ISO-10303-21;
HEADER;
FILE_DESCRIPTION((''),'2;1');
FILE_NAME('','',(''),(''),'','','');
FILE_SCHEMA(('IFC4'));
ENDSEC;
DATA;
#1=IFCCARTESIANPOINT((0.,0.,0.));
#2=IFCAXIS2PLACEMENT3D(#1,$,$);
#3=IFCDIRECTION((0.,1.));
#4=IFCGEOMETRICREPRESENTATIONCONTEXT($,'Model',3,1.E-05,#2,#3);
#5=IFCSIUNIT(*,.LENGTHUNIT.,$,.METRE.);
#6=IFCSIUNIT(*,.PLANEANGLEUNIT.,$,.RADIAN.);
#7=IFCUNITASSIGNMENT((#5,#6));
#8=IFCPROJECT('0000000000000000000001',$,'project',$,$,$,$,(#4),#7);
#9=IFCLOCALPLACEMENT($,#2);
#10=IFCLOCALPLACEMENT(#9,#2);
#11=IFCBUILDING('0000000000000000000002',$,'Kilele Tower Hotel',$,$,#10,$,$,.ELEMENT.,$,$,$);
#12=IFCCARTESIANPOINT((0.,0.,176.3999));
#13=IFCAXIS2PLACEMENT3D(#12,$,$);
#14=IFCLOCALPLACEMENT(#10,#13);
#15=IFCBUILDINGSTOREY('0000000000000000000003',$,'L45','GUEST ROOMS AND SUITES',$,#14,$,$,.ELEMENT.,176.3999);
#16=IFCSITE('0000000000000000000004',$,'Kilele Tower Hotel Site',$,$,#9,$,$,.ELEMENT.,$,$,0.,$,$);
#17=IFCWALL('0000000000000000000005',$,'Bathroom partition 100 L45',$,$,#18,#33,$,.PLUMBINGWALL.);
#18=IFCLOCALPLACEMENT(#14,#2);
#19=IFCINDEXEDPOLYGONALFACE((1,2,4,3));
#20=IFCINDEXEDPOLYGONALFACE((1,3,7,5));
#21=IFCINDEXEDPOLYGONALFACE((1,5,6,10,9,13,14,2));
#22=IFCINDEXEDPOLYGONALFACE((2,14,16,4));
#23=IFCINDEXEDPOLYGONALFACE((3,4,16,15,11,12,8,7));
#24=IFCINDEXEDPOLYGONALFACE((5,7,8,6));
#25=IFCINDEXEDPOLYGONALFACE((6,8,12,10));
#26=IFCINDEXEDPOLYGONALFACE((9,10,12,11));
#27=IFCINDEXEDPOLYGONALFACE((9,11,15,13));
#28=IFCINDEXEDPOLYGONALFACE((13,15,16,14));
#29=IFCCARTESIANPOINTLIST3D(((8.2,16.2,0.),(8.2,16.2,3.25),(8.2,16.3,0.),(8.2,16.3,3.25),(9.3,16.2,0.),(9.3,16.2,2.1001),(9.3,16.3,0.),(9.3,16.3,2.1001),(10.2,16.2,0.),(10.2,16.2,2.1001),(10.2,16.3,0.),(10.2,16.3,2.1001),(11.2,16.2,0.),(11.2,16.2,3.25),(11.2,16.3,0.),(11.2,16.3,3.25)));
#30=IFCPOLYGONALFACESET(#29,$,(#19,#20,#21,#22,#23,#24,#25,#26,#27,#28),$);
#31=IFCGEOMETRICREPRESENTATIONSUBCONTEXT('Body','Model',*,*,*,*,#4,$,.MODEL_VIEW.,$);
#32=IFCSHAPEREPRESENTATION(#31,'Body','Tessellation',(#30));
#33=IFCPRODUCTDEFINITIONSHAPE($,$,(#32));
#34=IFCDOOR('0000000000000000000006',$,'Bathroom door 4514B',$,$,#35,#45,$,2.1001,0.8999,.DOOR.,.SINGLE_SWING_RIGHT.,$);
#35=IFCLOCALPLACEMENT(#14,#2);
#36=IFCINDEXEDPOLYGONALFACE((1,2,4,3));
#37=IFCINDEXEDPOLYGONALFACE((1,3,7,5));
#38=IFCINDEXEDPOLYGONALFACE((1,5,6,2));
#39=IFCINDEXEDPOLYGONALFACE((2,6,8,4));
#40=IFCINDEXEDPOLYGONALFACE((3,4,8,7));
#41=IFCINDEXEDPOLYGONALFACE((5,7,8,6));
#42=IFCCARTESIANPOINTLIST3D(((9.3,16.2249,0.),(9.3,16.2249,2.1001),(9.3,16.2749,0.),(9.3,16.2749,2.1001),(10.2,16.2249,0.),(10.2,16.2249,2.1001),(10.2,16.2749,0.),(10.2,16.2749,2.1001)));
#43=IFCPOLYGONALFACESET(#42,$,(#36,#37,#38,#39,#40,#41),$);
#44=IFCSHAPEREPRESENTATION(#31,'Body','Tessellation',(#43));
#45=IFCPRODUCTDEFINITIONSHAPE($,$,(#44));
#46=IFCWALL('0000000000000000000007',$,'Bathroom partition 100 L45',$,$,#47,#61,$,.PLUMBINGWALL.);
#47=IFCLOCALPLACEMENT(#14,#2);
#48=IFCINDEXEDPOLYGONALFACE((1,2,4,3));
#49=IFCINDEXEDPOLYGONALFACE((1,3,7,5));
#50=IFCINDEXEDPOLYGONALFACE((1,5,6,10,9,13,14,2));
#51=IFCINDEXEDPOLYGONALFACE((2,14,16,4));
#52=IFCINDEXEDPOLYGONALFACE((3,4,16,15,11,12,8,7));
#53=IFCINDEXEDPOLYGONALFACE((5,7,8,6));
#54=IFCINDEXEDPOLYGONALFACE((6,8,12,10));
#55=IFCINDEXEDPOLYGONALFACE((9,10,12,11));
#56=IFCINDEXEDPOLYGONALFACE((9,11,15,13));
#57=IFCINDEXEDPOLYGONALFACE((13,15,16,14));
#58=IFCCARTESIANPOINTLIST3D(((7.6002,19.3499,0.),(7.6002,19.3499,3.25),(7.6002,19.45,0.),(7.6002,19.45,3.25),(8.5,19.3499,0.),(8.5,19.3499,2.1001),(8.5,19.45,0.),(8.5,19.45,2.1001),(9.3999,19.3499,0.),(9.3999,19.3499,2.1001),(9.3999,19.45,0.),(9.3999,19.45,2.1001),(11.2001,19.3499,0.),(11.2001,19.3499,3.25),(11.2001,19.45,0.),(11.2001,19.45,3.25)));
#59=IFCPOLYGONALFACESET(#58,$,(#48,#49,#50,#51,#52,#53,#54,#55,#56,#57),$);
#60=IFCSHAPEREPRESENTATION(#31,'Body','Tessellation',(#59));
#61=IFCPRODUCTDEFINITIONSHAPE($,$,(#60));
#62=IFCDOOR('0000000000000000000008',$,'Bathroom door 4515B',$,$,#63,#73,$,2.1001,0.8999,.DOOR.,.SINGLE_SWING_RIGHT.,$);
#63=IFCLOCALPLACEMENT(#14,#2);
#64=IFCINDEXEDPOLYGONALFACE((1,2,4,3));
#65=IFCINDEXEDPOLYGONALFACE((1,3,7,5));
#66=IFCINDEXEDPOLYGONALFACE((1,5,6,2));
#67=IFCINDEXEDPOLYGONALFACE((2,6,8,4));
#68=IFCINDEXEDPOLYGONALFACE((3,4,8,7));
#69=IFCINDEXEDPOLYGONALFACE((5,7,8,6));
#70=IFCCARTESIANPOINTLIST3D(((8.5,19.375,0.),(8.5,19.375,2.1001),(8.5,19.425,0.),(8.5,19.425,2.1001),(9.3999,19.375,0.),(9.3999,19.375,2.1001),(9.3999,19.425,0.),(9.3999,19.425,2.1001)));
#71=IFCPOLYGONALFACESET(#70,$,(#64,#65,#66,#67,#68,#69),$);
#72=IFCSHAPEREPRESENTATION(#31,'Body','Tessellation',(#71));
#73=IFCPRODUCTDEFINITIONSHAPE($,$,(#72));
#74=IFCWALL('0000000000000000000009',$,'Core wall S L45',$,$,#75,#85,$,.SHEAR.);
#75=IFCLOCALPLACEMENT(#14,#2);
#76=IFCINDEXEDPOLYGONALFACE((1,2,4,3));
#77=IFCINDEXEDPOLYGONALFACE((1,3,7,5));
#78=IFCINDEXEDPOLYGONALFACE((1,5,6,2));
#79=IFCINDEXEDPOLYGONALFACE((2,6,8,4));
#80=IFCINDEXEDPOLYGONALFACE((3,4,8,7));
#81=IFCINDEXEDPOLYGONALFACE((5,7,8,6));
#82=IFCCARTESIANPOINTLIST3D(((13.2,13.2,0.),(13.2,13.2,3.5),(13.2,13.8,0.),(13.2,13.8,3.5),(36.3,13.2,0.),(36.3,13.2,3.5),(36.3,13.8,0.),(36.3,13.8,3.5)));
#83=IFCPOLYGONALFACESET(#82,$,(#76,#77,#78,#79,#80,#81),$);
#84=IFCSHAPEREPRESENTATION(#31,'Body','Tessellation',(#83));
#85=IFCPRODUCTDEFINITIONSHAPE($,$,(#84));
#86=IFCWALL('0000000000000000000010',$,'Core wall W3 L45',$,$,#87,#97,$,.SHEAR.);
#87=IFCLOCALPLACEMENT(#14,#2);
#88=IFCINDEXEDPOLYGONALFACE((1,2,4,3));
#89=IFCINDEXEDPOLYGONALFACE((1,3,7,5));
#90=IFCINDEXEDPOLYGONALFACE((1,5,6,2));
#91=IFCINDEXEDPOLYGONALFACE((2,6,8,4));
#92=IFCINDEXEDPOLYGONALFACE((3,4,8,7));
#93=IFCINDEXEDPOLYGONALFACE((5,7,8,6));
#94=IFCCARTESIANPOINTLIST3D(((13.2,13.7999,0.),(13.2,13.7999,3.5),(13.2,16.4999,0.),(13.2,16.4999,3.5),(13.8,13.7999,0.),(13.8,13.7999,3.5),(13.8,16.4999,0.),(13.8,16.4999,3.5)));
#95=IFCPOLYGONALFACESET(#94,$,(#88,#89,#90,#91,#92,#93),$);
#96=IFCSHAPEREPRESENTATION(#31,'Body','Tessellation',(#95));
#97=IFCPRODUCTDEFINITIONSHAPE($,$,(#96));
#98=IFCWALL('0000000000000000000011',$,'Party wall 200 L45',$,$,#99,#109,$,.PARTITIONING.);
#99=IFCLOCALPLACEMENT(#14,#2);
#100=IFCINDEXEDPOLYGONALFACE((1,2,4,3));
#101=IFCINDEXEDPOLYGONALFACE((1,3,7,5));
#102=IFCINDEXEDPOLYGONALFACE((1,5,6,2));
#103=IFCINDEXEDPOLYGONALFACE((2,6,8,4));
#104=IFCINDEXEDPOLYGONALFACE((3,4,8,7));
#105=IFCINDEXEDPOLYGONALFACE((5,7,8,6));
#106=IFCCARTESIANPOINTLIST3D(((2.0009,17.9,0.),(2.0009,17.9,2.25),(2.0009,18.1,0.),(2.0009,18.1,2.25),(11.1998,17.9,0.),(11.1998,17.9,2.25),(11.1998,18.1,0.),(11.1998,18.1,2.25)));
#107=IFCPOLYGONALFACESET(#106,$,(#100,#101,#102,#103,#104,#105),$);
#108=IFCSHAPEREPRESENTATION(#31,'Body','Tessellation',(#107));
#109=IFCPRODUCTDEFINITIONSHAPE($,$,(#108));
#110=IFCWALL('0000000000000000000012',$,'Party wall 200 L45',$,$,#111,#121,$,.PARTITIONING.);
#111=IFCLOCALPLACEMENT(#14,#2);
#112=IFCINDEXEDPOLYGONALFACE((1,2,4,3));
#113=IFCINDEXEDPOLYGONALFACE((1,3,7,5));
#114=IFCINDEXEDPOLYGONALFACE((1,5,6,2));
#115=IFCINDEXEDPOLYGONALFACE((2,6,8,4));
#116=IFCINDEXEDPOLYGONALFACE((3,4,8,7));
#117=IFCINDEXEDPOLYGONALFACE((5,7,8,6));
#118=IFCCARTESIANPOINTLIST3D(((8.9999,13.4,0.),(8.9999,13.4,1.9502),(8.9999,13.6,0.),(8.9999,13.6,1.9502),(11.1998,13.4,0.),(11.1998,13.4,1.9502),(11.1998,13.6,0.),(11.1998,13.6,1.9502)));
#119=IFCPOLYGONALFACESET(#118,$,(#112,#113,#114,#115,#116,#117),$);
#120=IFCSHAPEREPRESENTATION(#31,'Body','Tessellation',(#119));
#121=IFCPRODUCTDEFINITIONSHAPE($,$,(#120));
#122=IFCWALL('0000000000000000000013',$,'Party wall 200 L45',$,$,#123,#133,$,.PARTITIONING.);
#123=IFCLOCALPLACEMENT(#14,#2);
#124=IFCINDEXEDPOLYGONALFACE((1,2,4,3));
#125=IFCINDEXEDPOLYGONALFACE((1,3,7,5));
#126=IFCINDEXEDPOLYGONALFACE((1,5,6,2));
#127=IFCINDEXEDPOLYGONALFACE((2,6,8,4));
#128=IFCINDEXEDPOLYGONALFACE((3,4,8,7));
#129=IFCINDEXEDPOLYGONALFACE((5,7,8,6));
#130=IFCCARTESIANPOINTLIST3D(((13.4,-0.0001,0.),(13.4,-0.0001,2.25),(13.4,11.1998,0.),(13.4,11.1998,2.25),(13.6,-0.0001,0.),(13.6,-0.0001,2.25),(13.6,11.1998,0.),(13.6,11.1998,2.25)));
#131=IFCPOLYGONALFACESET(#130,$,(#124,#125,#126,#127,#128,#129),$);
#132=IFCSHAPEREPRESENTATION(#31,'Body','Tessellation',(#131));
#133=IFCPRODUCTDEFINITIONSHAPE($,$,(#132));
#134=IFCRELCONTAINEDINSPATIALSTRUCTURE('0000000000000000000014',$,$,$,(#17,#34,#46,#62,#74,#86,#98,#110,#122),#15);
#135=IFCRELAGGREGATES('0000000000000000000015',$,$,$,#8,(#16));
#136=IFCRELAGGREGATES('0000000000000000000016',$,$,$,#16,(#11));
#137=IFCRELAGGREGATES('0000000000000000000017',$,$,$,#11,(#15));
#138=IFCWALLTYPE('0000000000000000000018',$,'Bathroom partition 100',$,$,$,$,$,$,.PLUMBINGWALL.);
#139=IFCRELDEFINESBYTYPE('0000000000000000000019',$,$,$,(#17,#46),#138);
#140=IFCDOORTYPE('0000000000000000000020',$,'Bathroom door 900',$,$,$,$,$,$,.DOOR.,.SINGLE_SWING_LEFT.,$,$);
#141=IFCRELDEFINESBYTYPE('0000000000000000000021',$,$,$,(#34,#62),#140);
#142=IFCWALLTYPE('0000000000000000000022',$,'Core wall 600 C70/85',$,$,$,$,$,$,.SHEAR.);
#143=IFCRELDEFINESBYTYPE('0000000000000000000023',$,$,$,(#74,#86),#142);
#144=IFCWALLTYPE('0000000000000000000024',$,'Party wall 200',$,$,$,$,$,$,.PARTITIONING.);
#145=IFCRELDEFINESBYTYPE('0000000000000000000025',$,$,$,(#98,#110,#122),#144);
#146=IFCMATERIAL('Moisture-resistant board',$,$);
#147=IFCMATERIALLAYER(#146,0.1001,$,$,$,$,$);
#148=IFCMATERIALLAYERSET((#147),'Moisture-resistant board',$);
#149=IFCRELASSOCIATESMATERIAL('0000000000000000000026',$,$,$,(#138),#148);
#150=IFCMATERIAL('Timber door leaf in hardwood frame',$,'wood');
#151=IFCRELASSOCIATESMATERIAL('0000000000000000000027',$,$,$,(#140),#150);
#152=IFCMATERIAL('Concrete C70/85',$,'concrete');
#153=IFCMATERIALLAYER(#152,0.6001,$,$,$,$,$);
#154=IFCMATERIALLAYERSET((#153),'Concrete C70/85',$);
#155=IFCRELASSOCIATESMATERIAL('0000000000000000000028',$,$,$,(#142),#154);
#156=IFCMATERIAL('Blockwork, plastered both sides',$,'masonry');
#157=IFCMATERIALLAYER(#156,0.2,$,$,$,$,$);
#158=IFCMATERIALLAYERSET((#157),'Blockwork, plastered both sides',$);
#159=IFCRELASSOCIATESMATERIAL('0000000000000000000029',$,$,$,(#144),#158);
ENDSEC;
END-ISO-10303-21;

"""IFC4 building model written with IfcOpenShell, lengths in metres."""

from ifc_helpers import new_model, si_unit, direction, frame, frame_2d, origin, place, context, subcontext, project, spatial, rectangle, extrude, material, layer, layer_set, type_object, element, fill, save


model = new_model("IFC4")

# Units and contexts
model_context = context("Model", 3, precision=1e-05, world=origin(), true_north=direction((0.0, 1.0)))
body_context = subcontext(model_context, "Body", "Model", "MODEL_VIEW")
ifc_project = project(units=[si_unit("LENGTHUNIT", "METRE"), si_unit("PLANEANGLEUNIT", "RADIAN")], contexts=[model_context])

# Site, building, storey
site_placement = place(None, origin())
site = spatial("IfcSite", under=ifc_project, at=site_placement, Name="Kilele Tower Hotel Site", CompositionType="ELEMENT", RefElevation=0.0)
building_placement = place(site_placement, origin())
building = spatial("IfcBuilding", under=site, at=building_placement, Name="Kilele Tower Hotel", CompositionType="ELEMENT")
storey_placement = place(building_placement, frame((0.0, 0.0, 176.3999)))
storey = spatial("IfcBuildingStorey", under=building, at=storey_placement, Name="L45", Description="GUEST ROOMS AND SUITES", CompositionType="ELEMENT", Elevation=176.3999)

# Walls, openings, doors
ifc_material_1 = material(Name="Moisture-resistant board")
ifc_layer_1 = layer(ifc_material_1, 0.1001)
ifc_layer_set_1 = layer_set([ifc_layer_1], Name="Moisture-resistant board")
wall_type_1 = type_object("IfcWallType", Name="Bathroom partition 100", PredefinedType="PLUMBINGWALL", material=ifc_layer_set_1)
wall_1_placement = place(storey_placement, frame((11.2, 16.25, 0.0), z_axis=(0.0, 0.0, 1.0), x_axis=(-1.0, 0.0, 0.0)))
wall_1 = element("IfcWall", 1, at=wall_1_placement, inside=storey, type_object=wall_type_1, Name="Bathroom partition 100 L45", PredefinedType="PLUMBINGWALL", context=body_context, shape_type="SweptSolid", body=[
    extrude(rectangle(XDim=3.0, YDim=0.1001, at=frame_2d((1.5, 0.0))), origin(), (0.0, 0.0, 1.0), 3.25),
])
opening_1_placement = place(wall_1_placement, frame((1.8999, 0.0, 0.0), z_axis=(0.0, 0.0, 1.0), x_axis=(-1.0, 0.0, 0.0)))
opening_1 = element("IfcOpeningElement", 2, at=opening_1_placement, cuts=wall_1, PredefinedType="OPENING", context=body_context, shape_type="SweptSolid", body=[
    extrude(rectangle(XDim=0.8999, YDim=2.1001, at=frame_2d((0.45, 1.05))), frame((0.0, 0.0601, 0.0), z_axis=(0.0, -1.0, 0.0), x_axis=(1.0, 0.0, 0.0)), (0.0, 0.0, 1.0), 0.1201),
])
ifc_material_2 = material(Name="Timber door leaf in hardwood frame", Category="wood")
door_type = type_object("IfcDoorType", Name="Bathroom door 900", OperationType="SINGLE_SWING_LEFT", PredefinedType="DOOR", material=ifc_material_2)
door_1_placement = place(opening_1_placement, origin())
door_1 = element("IfcDoor", 3, at=door_1_placement, inside=storey, type_object=door_type, Name="Bathroom door 4514B", OperationType="SINGLE_SWING_RIGHT", OverallHeight=2.1001, OverallWidth=0.8999, PredefinedType="DOOR", context=body_context, shape_type="SweptSolid", body=[
    extrude(rectangle(XDim=0.8999, YDim=2.1001, at=frame_2d((0.45, 1.05))), frame((0.0, 0.0249, 0.0), z_axis=(0.0, -1.0, 0.0), x_axis=(1.0, 0.0, 0.0)), (0.0, 0.0, 1.0), 0.05),
])
fill(opening_1, door_1)
wall_2_placement = place(storey_placement, frame((11.2, 19.3999, 0.0), z_axis=(0.0, 0.0, 1.0), x_axis=(-1.0, 0.0, 0.0)))
wall_2 = element("IfcWall", 4, at=wall_2_placement, inside=storey, type_object=wall_type_1, Name="Bathroom partition 100 L45", PredefinedType="PLUMBINGWALL", context=body_context, shape_type="SweptSolid", body=[
    extrude(rectangle(XDim=3.5999, YDim=0.1001, at=frame_2d((1.7998, 0.0))), origin(), (0.0, 0.0, 1.0), 3.25),
])
opening_2_placement = place(wall_2_placement, frame((1.8, 0.0, 0.0)))
opening_2 = element("IfcOpeningElement", 5, at=opening_2_placement, cuts=wall_2, PredefinedType="OPENING", context=body_context, shape_type="SweptSolid", body=[
    extrude(rectangle(XDim=0.8999, YDim=2.1001, at=frame_2d((0.45, 1.05))), frame((0.0, 0.0601, 0.0), z_axis=(0.0, -1.0, 0.0), x_axis=(1.0, 0.0, 0.0)), (0.0, 0.0, 1.0), 0.1201),
])
door_2_placement = place(opening_2_placement, origin())
door_2 = element("IfcDoor", 6, at=door_2_placement, inside=storey, type_object=door_type, Name="Bathroom door 4515B", OperationType="SINGLE_SWING_RIGHT", OverallHeight=2.1001, OverallWidth=0.8999, PredefinedType="DOOR", context=body_context, shape_type="SweptSolid", body=[
    extrude(rectangle(XDim=0.8999, YDim=2.1001, at=frame_2d((0.45, 1.05))), frame((0.0, 0.0249, 0.0), z_axis=(0.0, -1.0, 0.0), x_axis=(1.0, 0.0, 0.0)), (0.0, 0.0, 1.0), 0.05),
])
fill(opening_2, door_2)

# Walls
ifc_material_3 = material(Name="Concrete C70/85", Category="concrete")
ifc_layer_2 = layer(ifc_material_3, 0.6001)
ifc_layer_set_2 = layer_set([ifc_layer_2], Name="Concrete C70/85")
wall_type_2 = type_object("IfcWallType", Name="Core wall 600 C70/85", PredefinedType="SHEAR", material=ifc_layer_set_2)
wall_3_placement = place(storey_placement, frame((13.2, 13.5, 0.0), z_axis=(0.0, 0.0, 1.0), x_axis=(1.0, 0.0, 0.0)))
element("IfcWall", 7, at=wall_3_placement, inside=storey, type_object=wall_type_2, Name="Core wall S L45", PredefinedType="SHEAR", context=body_context, shape_type="SweptSolid", body=[
    extrude(rectangle(XDim=23.1001, YDim=0.6001, at=frame_2d((11.55, 0.0))), origin(), (0.0, 0.0, 1.0), 3.5),
])
wall_4_placement = place(storey_placement, frame((13.5, 16.5, 0.0), z_axis=(0.0, 0.0, 1.0), x_axis=(0.0, -1.0, 0.0)))
element("IfcWall", 8, at=wall_4_placement, inside=storey, type_object=wall_type_2, Name="Core wall W3 L45", PredefinedType="SHEAR", context=body_context, shape_type="SweptSolid", body=[
    extrude(rectangle(XDim=2.7, YDim=0.6001, at=frame_2d((1.3501, 0.0))), origin(), (0.0, 0.0, 1.0), 3.5),
])
ifc_material_4 = material(Name="Blockwork, plastered both sides", Category="masonry")
ifc_layer_3 = layer(ifc_material_4, 0.2)
ifc_layer_set_3 = layer_set([ifc_layer_3], Name="Blockwork, plastered both sides")
wall_type_3 = type_object("IfcWallType", Name="Party wall 200", PredefinedType="PARTITIONING", material=ifc_layer_set_3)
wall_5_placement = place(storey_placement, frame((11.2, 18.0, 0.0), z_axis=(0.0, 0.0, 1.0), x_axis=(-1.0, 0.0, 0.0)))
element("IfcWall", 9, at=wall_5_placement, inside=storey, type_object=wall_type_3, Name="Party wall 200 L45", PredefinedType="PARTITIONING", context=body_context, shape_type="SweptSolid", body=[
    extrude(rectangle(XDim=9.199, YDim=0.2, at=frame_2d((4.5996, 0.0))), origin(), (0.0, 0.0, 1.0), 2.25),
])
wall_6_placement = place(storey_placement, frame((11.2, 13.5, 0.0), z_axis=(0.0, 0.0, 1.0), x_axis=(-1.0, 0.0, 0.0)))
element("IfcWall", 10, at=wall_6_placement, inside=storey, type_object=wall_type_3, Name="Party wall 200 L45", PredefinedType="PARTITIONING", context=body_context, shape_type="SweptSolid", body=[
    extrude(rectangle(XDim=2.2, YDim=0.2, at=frame_2d((1.1001, 0.0))), origin(), (0.0, 0.0, 1.0), 1.9502),
])
wall_7_placement = place(storey_placement, frame((13.5, 11.2, 0.0), z_axis=(0.0, 0.0, 1.0), x_axis=(0.0, -1.0, 0.0)))
element("IfcWall", 11, at=wall_7_placement, inside=storey, type_object=wall_type_3, Name="Party wall 200 L45", PredefinedType="PARTITIONING", context=body_context, shape_type="SweptSolid", body=[
    extrude(rectangle(XDim=11.2, YDim=0.2, at=frame_2d((5.6001, 0.0))), origin(), (0.0, 0.0, 1.0), 2.25),
])

save(model, "model.ifc")
